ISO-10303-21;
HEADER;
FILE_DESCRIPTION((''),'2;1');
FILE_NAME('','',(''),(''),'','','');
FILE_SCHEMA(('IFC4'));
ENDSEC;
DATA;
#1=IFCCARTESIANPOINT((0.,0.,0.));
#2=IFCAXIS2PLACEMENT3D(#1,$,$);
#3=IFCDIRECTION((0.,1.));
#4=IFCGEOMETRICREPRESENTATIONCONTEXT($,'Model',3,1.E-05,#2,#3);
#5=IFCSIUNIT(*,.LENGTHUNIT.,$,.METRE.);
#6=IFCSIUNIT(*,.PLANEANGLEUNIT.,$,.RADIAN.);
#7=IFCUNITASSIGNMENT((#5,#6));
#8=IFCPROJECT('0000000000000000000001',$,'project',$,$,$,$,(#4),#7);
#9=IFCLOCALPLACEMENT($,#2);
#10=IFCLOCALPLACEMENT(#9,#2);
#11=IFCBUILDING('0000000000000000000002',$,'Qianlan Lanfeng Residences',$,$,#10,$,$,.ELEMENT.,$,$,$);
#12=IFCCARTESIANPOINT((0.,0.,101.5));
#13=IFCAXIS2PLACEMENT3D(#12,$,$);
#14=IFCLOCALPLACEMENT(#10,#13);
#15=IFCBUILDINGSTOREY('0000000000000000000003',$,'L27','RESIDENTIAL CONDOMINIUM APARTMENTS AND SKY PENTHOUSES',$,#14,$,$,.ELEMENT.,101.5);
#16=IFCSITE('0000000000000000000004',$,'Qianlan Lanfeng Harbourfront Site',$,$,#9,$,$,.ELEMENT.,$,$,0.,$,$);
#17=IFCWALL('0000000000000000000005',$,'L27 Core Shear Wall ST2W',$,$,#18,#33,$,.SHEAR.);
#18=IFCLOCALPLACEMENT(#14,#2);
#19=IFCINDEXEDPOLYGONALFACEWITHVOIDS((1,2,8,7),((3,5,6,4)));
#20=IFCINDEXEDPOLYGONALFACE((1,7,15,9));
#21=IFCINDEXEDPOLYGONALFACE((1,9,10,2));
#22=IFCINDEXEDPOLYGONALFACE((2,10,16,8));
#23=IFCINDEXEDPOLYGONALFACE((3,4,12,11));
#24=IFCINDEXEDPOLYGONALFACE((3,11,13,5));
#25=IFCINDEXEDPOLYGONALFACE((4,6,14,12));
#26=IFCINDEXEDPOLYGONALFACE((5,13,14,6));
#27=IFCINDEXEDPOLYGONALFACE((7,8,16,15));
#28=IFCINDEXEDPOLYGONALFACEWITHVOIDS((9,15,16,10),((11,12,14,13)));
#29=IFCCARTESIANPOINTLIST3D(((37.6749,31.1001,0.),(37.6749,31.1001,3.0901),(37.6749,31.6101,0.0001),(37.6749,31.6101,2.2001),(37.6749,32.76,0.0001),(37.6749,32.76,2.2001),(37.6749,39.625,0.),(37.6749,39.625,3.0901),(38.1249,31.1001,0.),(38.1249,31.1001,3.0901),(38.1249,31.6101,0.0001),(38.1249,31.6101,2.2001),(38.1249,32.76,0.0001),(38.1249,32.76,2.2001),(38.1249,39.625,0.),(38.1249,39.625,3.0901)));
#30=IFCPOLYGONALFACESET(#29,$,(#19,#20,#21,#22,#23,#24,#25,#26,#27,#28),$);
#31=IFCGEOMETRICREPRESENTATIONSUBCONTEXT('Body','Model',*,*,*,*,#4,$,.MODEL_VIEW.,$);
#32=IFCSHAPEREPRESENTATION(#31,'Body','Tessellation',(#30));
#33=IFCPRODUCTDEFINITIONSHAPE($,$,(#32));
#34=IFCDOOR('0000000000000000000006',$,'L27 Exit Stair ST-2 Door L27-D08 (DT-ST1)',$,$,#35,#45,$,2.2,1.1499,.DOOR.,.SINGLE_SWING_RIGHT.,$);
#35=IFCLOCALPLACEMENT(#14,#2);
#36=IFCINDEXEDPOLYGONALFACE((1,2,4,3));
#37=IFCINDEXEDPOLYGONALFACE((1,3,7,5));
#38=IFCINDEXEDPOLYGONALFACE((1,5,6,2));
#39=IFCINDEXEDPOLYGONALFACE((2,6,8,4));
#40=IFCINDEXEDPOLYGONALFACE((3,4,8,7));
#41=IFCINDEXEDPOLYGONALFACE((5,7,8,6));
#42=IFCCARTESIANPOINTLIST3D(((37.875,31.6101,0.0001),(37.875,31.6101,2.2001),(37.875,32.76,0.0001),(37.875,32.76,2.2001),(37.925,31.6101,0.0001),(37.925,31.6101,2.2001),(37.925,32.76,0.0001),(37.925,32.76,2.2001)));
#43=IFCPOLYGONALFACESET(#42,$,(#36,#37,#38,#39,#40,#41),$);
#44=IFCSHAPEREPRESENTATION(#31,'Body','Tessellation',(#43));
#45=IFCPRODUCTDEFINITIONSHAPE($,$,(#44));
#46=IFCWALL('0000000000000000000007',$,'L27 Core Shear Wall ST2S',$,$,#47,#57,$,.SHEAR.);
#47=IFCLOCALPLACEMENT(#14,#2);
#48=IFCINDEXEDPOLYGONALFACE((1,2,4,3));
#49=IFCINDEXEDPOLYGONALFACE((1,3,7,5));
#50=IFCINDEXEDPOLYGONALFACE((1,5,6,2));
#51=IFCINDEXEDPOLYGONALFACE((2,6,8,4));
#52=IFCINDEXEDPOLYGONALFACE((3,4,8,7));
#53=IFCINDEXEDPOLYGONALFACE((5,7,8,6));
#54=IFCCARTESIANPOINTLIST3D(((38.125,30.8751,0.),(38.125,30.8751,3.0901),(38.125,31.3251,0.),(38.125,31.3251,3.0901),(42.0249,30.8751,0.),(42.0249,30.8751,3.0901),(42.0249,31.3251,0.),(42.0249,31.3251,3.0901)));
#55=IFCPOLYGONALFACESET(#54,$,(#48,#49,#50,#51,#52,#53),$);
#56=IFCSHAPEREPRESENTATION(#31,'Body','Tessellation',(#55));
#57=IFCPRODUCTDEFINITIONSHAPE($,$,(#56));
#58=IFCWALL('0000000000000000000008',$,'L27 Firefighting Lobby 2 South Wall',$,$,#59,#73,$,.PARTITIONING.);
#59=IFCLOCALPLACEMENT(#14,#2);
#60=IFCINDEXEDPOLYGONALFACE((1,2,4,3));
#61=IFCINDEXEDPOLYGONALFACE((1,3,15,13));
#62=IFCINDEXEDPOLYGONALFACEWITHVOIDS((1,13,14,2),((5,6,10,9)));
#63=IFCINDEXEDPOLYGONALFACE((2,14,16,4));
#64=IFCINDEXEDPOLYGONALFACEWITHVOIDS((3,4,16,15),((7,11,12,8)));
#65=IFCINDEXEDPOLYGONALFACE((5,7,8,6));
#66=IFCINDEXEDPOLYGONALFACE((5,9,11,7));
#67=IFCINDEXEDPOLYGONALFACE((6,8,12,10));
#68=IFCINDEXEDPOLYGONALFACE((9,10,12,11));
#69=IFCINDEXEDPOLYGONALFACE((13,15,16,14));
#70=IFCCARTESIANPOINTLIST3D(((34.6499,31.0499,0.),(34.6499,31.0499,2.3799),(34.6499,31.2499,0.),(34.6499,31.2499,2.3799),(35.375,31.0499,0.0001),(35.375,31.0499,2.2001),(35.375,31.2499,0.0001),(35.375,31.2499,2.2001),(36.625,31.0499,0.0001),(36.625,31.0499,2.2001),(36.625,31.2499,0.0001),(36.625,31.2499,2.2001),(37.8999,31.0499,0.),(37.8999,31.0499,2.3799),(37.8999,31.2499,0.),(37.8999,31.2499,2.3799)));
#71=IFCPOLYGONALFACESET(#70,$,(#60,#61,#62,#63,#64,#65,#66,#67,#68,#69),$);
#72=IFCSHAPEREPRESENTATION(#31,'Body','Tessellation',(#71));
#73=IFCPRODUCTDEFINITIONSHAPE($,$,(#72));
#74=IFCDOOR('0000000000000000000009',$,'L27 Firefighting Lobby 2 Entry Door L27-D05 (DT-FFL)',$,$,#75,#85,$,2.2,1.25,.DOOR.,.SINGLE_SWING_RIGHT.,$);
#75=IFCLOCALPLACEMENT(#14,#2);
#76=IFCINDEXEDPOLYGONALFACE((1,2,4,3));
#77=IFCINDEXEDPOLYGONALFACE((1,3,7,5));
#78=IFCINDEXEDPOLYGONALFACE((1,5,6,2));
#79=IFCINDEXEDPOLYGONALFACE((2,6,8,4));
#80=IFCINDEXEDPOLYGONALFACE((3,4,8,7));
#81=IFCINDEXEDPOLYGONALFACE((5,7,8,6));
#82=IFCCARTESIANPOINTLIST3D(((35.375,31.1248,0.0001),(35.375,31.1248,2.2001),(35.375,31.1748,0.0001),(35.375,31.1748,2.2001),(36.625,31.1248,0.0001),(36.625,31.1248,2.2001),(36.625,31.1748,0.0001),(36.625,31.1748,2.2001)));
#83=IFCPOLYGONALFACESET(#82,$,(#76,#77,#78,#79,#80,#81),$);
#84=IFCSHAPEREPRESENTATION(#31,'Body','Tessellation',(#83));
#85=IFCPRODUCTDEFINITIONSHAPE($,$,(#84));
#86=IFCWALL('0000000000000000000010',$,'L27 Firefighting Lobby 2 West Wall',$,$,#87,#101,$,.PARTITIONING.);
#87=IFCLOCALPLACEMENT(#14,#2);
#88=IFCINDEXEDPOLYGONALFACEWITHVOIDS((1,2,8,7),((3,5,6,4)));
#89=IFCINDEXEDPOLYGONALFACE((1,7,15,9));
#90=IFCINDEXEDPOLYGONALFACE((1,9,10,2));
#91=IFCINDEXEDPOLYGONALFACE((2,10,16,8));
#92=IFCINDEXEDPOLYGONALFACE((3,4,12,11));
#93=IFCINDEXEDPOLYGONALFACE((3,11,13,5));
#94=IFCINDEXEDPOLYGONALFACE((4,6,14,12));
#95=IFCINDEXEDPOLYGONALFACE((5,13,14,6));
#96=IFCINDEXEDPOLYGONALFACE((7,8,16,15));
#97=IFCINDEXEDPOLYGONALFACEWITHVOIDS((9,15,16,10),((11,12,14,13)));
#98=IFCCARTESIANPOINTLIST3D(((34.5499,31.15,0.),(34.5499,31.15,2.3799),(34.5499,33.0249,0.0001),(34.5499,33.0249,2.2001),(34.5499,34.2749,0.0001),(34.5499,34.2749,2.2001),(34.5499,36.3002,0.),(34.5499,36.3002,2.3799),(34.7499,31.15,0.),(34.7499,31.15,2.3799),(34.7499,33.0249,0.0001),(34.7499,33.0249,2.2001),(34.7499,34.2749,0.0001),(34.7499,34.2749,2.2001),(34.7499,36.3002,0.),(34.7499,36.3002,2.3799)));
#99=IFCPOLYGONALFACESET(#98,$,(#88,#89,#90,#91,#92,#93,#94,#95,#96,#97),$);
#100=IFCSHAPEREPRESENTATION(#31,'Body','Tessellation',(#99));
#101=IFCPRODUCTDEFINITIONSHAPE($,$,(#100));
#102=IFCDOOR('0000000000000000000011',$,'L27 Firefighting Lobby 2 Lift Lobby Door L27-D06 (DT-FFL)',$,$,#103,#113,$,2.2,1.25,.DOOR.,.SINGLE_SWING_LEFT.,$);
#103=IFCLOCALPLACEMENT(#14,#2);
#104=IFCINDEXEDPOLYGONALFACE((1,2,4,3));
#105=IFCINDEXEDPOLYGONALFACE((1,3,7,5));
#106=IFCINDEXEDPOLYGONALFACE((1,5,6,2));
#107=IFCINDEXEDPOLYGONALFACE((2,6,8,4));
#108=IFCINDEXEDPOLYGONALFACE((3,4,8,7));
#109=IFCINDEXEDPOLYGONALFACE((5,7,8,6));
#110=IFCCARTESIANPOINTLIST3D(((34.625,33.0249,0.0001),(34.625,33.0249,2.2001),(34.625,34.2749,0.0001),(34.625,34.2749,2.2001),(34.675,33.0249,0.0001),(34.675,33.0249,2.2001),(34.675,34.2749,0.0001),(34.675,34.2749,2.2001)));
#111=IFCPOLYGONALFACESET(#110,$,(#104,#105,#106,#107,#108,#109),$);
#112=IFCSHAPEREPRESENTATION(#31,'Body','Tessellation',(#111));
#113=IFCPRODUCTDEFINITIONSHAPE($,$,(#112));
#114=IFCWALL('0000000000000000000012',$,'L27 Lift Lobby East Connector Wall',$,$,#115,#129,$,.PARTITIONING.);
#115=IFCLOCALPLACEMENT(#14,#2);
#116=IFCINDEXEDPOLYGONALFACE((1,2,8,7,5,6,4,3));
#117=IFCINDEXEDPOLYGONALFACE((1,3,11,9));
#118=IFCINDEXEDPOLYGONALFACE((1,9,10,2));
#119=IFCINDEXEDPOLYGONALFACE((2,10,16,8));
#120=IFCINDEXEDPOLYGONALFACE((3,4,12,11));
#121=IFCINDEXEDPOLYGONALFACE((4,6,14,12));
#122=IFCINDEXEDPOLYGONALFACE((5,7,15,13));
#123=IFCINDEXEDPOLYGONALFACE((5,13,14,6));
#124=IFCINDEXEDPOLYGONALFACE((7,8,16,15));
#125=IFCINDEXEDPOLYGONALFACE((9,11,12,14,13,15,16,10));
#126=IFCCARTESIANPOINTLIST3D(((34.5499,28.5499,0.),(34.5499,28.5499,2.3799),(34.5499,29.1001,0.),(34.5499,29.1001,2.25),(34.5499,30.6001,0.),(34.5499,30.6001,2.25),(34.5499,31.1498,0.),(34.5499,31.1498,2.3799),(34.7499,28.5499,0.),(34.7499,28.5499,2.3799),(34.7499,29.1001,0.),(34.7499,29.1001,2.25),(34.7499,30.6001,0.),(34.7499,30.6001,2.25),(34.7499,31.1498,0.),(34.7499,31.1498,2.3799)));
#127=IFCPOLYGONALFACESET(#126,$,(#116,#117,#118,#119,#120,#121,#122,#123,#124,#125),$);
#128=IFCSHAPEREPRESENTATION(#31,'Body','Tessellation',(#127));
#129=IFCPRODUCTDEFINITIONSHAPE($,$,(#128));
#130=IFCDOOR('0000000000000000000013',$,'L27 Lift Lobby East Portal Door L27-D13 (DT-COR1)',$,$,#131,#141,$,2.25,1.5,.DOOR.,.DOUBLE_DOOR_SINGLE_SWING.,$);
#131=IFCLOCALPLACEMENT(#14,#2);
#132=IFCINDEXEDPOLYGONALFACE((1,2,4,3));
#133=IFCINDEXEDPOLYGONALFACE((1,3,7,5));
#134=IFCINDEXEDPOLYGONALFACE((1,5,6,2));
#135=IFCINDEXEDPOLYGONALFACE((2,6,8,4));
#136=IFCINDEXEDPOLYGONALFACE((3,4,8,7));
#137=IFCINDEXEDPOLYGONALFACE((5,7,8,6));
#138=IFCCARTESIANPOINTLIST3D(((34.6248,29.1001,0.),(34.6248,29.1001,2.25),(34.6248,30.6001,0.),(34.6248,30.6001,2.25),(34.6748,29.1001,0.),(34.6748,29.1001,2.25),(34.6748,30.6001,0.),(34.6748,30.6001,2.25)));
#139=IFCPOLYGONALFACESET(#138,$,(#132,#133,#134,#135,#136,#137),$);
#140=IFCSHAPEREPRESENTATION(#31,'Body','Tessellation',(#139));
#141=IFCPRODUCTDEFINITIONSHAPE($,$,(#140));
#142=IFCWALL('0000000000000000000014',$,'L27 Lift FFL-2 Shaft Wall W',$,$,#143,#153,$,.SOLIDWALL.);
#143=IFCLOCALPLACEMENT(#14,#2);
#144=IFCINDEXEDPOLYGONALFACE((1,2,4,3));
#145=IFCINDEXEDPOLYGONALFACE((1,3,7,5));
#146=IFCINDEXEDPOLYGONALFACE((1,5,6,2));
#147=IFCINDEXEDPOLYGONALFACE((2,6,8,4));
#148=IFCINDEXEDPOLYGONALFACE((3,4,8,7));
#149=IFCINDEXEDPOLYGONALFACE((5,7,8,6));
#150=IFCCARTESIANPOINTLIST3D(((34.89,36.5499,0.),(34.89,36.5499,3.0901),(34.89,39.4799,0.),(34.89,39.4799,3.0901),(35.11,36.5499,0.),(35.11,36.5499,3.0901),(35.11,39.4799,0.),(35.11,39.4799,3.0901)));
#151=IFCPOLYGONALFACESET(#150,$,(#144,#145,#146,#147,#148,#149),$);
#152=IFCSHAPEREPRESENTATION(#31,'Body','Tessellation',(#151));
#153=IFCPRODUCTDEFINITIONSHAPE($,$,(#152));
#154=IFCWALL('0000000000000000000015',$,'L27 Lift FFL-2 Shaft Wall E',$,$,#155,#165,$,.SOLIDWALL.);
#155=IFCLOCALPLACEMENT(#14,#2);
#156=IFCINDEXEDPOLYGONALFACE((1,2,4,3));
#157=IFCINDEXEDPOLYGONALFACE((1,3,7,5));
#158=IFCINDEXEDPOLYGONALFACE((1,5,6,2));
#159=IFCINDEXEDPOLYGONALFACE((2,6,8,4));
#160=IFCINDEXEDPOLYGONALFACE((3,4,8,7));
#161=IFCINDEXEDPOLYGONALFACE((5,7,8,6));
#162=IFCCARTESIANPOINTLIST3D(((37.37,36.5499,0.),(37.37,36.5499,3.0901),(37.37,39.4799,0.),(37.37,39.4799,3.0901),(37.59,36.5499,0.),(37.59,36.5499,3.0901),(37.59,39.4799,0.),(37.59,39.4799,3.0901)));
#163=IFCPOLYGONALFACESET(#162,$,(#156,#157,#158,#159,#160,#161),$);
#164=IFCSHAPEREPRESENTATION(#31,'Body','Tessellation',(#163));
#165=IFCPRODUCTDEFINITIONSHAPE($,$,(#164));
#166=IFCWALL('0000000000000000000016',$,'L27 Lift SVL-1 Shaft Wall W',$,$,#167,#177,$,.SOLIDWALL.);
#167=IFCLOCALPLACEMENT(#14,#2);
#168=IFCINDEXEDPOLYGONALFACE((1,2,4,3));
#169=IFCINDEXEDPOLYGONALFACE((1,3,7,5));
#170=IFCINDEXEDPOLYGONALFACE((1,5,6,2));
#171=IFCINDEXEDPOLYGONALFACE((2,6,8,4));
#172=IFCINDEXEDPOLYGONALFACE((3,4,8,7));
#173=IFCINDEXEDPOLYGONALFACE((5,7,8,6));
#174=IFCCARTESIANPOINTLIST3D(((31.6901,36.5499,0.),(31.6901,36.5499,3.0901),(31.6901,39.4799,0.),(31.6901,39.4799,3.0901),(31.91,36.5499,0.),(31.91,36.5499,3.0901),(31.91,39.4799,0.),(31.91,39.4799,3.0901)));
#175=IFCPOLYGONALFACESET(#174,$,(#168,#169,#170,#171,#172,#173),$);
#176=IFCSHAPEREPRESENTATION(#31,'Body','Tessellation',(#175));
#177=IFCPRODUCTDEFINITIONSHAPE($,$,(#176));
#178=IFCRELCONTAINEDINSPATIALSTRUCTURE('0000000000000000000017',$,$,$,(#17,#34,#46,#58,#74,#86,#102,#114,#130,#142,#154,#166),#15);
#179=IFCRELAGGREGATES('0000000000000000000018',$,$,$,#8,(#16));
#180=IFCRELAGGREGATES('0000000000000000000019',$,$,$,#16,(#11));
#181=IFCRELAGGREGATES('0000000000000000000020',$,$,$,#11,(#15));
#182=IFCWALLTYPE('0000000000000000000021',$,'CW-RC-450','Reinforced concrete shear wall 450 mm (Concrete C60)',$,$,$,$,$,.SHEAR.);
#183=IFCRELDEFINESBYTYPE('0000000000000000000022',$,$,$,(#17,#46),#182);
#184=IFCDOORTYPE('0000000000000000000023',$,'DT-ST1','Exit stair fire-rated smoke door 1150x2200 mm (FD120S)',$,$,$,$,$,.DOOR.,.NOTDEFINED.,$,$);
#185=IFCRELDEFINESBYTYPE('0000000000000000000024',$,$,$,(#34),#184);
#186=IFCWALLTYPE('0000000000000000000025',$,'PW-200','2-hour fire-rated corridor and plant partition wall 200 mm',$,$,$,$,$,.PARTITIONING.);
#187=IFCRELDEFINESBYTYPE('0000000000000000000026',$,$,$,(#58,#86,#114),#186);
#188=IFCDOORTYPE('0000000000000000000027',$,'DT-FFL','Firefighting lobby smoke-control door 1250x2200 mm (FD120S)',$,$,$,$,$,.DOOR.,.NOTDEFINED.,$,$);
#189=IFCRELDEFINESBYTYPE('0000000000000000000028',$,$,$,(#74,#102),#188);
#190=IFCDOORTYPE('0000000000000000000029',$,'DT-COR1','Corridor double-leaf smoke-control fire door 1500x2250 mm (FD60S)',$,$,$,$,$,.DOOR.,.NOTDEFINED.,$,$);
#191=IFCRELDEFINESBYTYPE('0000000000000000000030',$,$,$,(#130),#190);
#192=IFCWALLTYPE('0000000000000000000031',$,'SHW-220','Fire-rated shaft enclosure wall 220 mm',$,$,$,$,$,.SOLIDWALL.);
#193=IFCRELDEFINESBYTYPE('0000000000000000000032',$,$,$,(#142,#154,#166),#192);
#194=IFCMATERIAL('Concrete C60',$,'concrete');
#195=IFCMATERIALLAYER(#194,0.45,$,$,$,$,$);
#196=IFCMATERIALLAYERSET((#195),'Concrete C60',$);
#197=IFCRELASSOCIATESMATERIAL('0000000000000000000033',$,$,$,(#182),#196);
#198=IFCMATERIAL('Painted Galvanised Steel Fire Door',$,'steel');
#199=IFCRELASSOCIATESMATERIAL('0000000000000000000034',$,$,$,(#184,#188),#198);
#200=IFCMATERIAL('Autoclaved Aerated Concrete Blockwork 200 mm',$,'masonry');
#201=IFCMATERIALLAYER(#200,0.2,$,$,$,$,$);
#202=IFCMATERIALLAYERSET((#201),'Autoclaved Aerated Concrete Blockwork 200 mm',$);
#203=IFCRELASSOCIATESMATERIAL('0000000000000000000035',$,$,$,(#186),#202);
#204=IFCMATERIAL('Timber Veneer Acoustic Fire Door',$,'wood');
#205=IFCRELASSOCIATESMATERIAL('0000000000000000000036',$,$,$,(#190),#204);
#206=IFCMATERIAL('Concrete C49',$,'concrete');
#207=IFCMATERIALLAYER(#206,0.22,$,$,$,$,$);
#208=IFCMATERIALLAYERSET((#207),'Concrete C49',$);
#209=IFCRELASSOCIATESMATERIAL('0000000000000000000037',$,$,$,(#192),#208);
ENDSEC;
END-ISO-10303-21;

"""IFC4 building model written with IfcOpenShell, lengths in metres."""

from ifc_helpers import new_model, si_unit, direction, frame, frame_2d, origin, place, context, subcontext, project, spatial, rectangle, extrude, material, layer, layer_set, type_object, element, fill, save


model = new_model("IFC4")

# Units and contexts
model_context = context("Model", 3, precision=1e-05, world=origin(), true_north=direction((0.0, 1.0)))
body_context = subcontext(model_context, "Body", "Model", "MODEL_VIEW")
ifc_project = project(units=[si_unit("LENGTHUNIT", "METRE"), si_unit("PLANEANGLEUNIT", "RADIAN")], contexts=[model_context])

# Site, building, storey
site_placement = place(None, origin())
site = spatial("IfcSite", under=ifc_project, at=site_placement, Name="Qianlan Lanfeng Harbourfront Site", CompositionType="ELEMENT", RefElevation=0.0)
building_placement = place(site_placement, origin())
building = spatial("IfcBuilding", under=site, at=building_placement, Name="Qianlan Lanfeng Residences", CompositionType="ELEMENT")
storey_placement = place(building_placement, frame((0.0, 0.0, 101.5)))
storey = spatial("IfcBuildingStorey", under=building, at=storey_placement, Name="L27", Description="RESIDENTIAL CONDOMINIUM APARTMENTS AND SKY PENTHOUSES", CompositionType="ELEMENT", Elevation=101.5)

# Wall, opening, door
ifc_material_1 = material(Name="Concrete C60", Category="concrete")
ifc_layer_1 = layer(ifc_material_1, 0.45)
ifc_layer_set_1 = layer_set([ifc_layer_1], Name="Concrete C60")
wall_type_1 = type_object("IfcWallType", Name="CW-RC-450", Description="Reinforced concrete shear wall 450 mm (Concrete C60)", PredefinedType="SHEAR", material=ifc_layer_set_1)
wall_1_placement = place(storey_placement, frame((37.8999, 31.1001, 0.0), z_axis=(0.0, 0.0, 1.0), x_axis=(0.0, 1.0, 0.0)))
wall_1 = element("IfcWall", 1, at=wall_1_placement, inside=storey, type_object=wall_type_1, Name="L27 Core Shear Wall ST2W", PredefinedType="SHEAR", context=body_context, shape_type="SweptSolid", body=[
    extrude(rectangle(XDim=8.5249, YDim=0.45, at=frame_2d((4.2625, 0.0))), origin(), (0.0, 0.0, 1.0), 3.0901),
])
opening_1_placement = place(wall_1_placement, frame((0.51, 0.0, 0.0)))
opening_1 = element("IfcOpeningElement", 2, at=opening_1_placement, cuts=wall_1, PredefinedType="OPENING", context=body_context, shape_type="SweptSolid", body=[
    extrude(rectangle(XDim=1.1499, YDim=2.2, at=frame_2d((0.575, 1.1001))), frame((0.0, 0.2349, 0.0), z_axis=(0.0, -1.0, 0.0), x_axis=(1.0, 0.0, 0.0)), (0.0, 0.0, 1.0), 0.47),
])
ifc_material_2 = material(Name="Painted Galvanised Steel Fire Door", Category="steel")
door_type_1 = type_object("IfcDoorType", Name="DT-ST1", Description="Exit stair fire-rated smoke door 1150x2200 mm (FD120S)", OperationType="NOTDEFINED", PredefinedType="DOOR", material=ifc_material_2)
door_1_placement = place(opening_1_placement, origin())
door_1 = element("IfcDoor", 3, at=door_1_placement, inside=storey, type_object=door_type_1, Name="L27 Exit Stair ST-2 Door L27-D08 (DT-ST1)", OperationType="SINGLE_SWING_RIGHT", OverallHeight=2.2, OverallWidth=1.1499, PredefinedType="DOOR", context=body_context, shape_type="SweptSolid", body=[
    extrude(rectangle(XDim=1.1499, YDim=2.2, at=frame_2d((0.575, 1.1001))), frame((0.0, 0.0249, 0.0), z_axis=(0.0, -1.0, 0.0), x_axis=(1.0, 0.0, 0.0)), (0.0, 0.0, 1.0), 0.05),
])
fill(opening_1, door_1)

# Wall
wall_2_placement = place(storey_placement, frame((38.125, 31.1001, 0.0), z_axis=(0.0, 0.0, 1.0), x_axis=(1.0, 0.0, 0.0)))
element("IfcWall", 4, at=wall_2_placement, inside=storey, type_object=wall_type_1, Name="L27 Core Shear Wall ST2S", PredefinedType="SHEAR", context=body_context, shape_type="SweptSolid", body=[
    extrude(rectangle(XDim=3.8999, YDim=0.45, at=frame_2d((1.95, 0.0))), origin(), (0.0, 0.0, 1.0), 3.0901),
])

# Walls, openings, doors
ifc_material_3 = material(Name="Autoclaved Aerated Concrete Blockwork 200 mm", Category="masonry")
ifc_layer_2 = layer(ifc_material_3, 0.2)
ifc_layer_set_2 = layer_set([ifc_layer_2], Name="Autoclaved Aerated Concrete Blockwork 200 mm")
wall_type_2 = type_object("IfcWallType", Name="PW-200", Description="2-hour fire-rated corridor and plant partition wall 200 mm", PredefinedType="PARTITIONING", material=ifc_layer_set_2)
wall_3_placement = place(storey_placement, frame((34.6499, 31.1499, 0.0), z_axis=(0.0, 0.0, 1.0), x_axis=(1.0, 0.0, 0.0)))
wall_3 = element("IfcWall", 5, at=wall_3_placement, inside=storey, type_object=wall_type_2, Name="L27 Firefighting Lobby 2 South Wall", PredefinedType="PARTITIONING", context=body_context, shape_type="SweptSolid", body=[
    extrude(rectangle(XDim=3.25, YDim=0.2, at=frame_2d((1.625, 0.0))), origin(), (0.0, 0.0, 1.0), 2.3799),
])
opening_2_placement = place(wall_3_placement, frame((0.7251, 0.0, 0.0)))
opening_2 = element("IfcOpeningElement", 6, at=opening_2_placement, cuts=wall_3, PredefinedType="OPENING", context=body_context, shape_type="SweptSolid", body=[
    extrude(rectangle(XDim=1.25, YDim=2.2, at=frame_2d((0.625, 1.1001))), frame((0.0, 0.1099, 0.0), z_axis=(0.0, -1.0, 0.0), x_axis=(1.0, 0.0, 0.0)), (0.0, 0.0, 1.0), 0.22),
])
door_type_2 = type_object("IfcDoorType", Name="DT-FFL", Description="Firefighting lobby smoke-control door 1250x2200 mm (FD120S)", OperationType="NOTDEFINED", PredefinedType="DOOR", material=ifc_material_2)
door_2_placement = place(opening_2_placement, origin())
door_2 = element("IfcDoor", 7, at=door_2_placement, inside=storey, type_object=door_type_2, Name="L27 Firefighting Lobby 2 Entry Door L27-D05 (DT-FFL)", OperationType="SINGLE_SWING_RIGHT", OverallHeight=2.2, OverallWidth=1.25, PredefinedType="DOOR", context=body_context, shape_type="SweptSolid", body=[
    extrude(rectangle(XDim=1.25, YDim=2.2, at=frame_2d((0.625, 1.1001))), frame((0.0, 0.0249, 0.0), z_axis=(0.0, -1.0, 0.0), x_axis=(1.0, 0.0, 0.0)), (0.0, 0.0, 1.0), 0.05),
])
fill(opening_2, door_2)
wall_4_placement = place(storey_placement, frame((34.6499, 31.1499, 0.0), z_axis=(0.0, 0.0, 1.0), x_axis=(0.0, 1.0, 0.0)))
wall_4 = element("IfcWall", 8, at=wall_4_placement, inside=storey, type_object=wall_type_2, Name="L27 Firefighting Lobby 2 West Wall", PredefinedType="PARTITIONING", context=body_context, shape_type="SweptSolid", body=[
    extrude(rectangle(XDim=5.1501, YDim=0.2, at=frame_2d((2.5752, 0.0))), origin(), (0.0, 0.0, 1.0), 2.3799),
])
opening_3_placement = place(wall_4_placement, frame((1.875, 0.0, 0.0)))
opening_3 = element("IfcOpeningElement", 9, at=opening_3_placement, cuts=wall_4, PredefinedType="OPENING", context=body_context, shape_type="SweptSolid", body=[
    extrude(rectangle(XDim=1.25, YDim=2.2, at=frame_2d((0.625, 1.1001))), frame((0.0, 0.1099, 0.0), z_axis=(0.0, -1.0, 0.0), x_axis=(1.0, 0.0, 0.0)), (0.0, 0.0, 1.0), 0.22),
])
door_3_placement = place(opening_3_placement, origin())
door_3 = element("IfcDoor", 10, at=door_3_placement, inside=storey, type_object=door_type_2, Name="L27 Firefighting Lobby 2 Lift Lobby Door L27-D06 (DT-FFL)", OperationType="SINGLE_SWING_LEFT", OverallHeight=2.2, OverallWidth=1.25, PredefinedType="DOOR", context=body_context, shape_type="SweptSolid", body=[
    extrude(rectangle(XDim=1.25, YDim=2.2, at=frame_2d((0.625, 1.1001))), frame((0.0, 0.0249, 0.0), z_axis=(0.0, -1.0, 0.0), x_axis=(1.0, 0.0, 0.0)), (0.0, 0.0, 1.0), 0.05),
])
fill(opening_3, door_3)
wall_5_placement = place(storey_placement, frame((34.6499, 28.55, 0.0), z_axis=(0.0, 0.0, 1.0), x_axis=(0.0, 1.0, 0.0)))
wall_5 = element("IfcWall", 11, at=wall_5_placement, inside=storey, type_object=wall_type_2, Name="L27 Lift Lobby East Connector Wall", PredefinedType="PARTITIONING", context=body_context, shape_type="SweptSolid", body=[
    extrude(rectangle(XDim=2.5999, YDim=0.2, at=frame_2d((1.2998, 0.0))), origin(), (0.0, 0.0, 1.0), 2.3799),
])
opening_4_placement = place(wall_5_placement, frame((0.55, 0.0, 0.0)))
opening_4 = element("IfcOpeningElement", 12, at=opening_4_placement, cuts=wall_5, PredefinedType="OPENING", context=body_context, shape_type="SweptSolid", body=[
    extrude(rectangle(XDim=1.5, YDim=2.25, at=frame_2d((0.75, 1.125))), frame((0.0, 0.1099, 0.0), z_axis=(0.0, -1.0, 0.0), x_axis=(1.0, 0.0, 0.0)), (0.0, 0.0, 1.0), 0.22),
])
ifc_material_4 = material(Name="Timber Veneer Acoustic Fire Door", Category="wood")
door_type_3 = type_object("IfcDoorType", Name="DT-COR1", Description="Corridor double-leaf smoke-control fire door 1500x2250 mm (FD60S)", OperationType="NOTDEFINED", PredefinedType="DOOR", material=ifc_material_4)
door_4_placement = place(opening_4_placement, frame((1.5, 0.0, 0.0), z_axis=(0.0, 0.0, 1.0), x_axis=(-1.0, 0.0, 0.0)))
door_4 = element("IfcDoor", 13, at=door_4_placement, inside=storey, type_object=door_type_3, Name="L27 Lift Lobby East Portal Door L27-D13 (DT-COR1)", OperationType="DOUBLE_DOOR_SINGLE_SWING", OverallHeight=2.25, OverallWidth=1.5, PredefinedType="DOOR", context=body_context, shape_type="SweptSolid", body=[
    extrude(rectangle(XDim=1.5, YDim=2.25, at=frame_2d((0.75, 1.125))), frame((0.0, 0.0249, 0.0), z_axis=(0.0, -1.0, 0.0), x_axis=(1.0, 0.0, 0.0)), (0.0, 0.0, 1.0), 0.05),
])
fill(opening_4, door_4)

# Walls
ifc_material_5 = material(Name="Concrete C49", Category="concrete")
ifc_layer_3 = layer(ifc_material_5, 0.22)
ifc_layer_set_3 = layer_set([ifc_layer_3], Name="Concrete C49")
wall_type_3 = type_object("IfcWallType", Name="SHW-220", Description="Fire-rated shaft enclosure wall 220 mm", PredefinedType="SOLIDWALL", material=ifc_layer_set_3)
for number, where, z_axis, x_axis, name in (
    (14, (35.0, 36.55, 0.0), (0.0, 0.0, 1.0), (0.0, 1.0, 0.0), "L27 Lift FFL-2 Shaft Wall W"),
    (15, (37.48, 36.55, 0.0), (0.0, 0.0, 1.0), (0.0, 1.0, 0.0), "L27 Lift FFL-2 Shaft Wall E"),
    (16, (31.8, 36.55, 0.0), (0.0, 0.0, 1.0), (0.0, 1.0, 0.0), "L27 Lift SVL-1 Shaft Wall W"),
):
    element("IfcWall", number, at=place(storey_placement, frame(where, z_axis=z_axis, x_axis=x_axis)), inside=storey, type_object=wall_type_3, Name=name, PredefinedType="SOLIDWALL", context=body_context, shape_type="SweptSolid", body=[
        extrude(rectangle(XDim=2.9299, YDim=0.22, at=frame_2d((1.4648, 0.0))), origin(), (0.0, 0.0, 1.0), 3.0901),
    ])

save(model, "model.ifc")
